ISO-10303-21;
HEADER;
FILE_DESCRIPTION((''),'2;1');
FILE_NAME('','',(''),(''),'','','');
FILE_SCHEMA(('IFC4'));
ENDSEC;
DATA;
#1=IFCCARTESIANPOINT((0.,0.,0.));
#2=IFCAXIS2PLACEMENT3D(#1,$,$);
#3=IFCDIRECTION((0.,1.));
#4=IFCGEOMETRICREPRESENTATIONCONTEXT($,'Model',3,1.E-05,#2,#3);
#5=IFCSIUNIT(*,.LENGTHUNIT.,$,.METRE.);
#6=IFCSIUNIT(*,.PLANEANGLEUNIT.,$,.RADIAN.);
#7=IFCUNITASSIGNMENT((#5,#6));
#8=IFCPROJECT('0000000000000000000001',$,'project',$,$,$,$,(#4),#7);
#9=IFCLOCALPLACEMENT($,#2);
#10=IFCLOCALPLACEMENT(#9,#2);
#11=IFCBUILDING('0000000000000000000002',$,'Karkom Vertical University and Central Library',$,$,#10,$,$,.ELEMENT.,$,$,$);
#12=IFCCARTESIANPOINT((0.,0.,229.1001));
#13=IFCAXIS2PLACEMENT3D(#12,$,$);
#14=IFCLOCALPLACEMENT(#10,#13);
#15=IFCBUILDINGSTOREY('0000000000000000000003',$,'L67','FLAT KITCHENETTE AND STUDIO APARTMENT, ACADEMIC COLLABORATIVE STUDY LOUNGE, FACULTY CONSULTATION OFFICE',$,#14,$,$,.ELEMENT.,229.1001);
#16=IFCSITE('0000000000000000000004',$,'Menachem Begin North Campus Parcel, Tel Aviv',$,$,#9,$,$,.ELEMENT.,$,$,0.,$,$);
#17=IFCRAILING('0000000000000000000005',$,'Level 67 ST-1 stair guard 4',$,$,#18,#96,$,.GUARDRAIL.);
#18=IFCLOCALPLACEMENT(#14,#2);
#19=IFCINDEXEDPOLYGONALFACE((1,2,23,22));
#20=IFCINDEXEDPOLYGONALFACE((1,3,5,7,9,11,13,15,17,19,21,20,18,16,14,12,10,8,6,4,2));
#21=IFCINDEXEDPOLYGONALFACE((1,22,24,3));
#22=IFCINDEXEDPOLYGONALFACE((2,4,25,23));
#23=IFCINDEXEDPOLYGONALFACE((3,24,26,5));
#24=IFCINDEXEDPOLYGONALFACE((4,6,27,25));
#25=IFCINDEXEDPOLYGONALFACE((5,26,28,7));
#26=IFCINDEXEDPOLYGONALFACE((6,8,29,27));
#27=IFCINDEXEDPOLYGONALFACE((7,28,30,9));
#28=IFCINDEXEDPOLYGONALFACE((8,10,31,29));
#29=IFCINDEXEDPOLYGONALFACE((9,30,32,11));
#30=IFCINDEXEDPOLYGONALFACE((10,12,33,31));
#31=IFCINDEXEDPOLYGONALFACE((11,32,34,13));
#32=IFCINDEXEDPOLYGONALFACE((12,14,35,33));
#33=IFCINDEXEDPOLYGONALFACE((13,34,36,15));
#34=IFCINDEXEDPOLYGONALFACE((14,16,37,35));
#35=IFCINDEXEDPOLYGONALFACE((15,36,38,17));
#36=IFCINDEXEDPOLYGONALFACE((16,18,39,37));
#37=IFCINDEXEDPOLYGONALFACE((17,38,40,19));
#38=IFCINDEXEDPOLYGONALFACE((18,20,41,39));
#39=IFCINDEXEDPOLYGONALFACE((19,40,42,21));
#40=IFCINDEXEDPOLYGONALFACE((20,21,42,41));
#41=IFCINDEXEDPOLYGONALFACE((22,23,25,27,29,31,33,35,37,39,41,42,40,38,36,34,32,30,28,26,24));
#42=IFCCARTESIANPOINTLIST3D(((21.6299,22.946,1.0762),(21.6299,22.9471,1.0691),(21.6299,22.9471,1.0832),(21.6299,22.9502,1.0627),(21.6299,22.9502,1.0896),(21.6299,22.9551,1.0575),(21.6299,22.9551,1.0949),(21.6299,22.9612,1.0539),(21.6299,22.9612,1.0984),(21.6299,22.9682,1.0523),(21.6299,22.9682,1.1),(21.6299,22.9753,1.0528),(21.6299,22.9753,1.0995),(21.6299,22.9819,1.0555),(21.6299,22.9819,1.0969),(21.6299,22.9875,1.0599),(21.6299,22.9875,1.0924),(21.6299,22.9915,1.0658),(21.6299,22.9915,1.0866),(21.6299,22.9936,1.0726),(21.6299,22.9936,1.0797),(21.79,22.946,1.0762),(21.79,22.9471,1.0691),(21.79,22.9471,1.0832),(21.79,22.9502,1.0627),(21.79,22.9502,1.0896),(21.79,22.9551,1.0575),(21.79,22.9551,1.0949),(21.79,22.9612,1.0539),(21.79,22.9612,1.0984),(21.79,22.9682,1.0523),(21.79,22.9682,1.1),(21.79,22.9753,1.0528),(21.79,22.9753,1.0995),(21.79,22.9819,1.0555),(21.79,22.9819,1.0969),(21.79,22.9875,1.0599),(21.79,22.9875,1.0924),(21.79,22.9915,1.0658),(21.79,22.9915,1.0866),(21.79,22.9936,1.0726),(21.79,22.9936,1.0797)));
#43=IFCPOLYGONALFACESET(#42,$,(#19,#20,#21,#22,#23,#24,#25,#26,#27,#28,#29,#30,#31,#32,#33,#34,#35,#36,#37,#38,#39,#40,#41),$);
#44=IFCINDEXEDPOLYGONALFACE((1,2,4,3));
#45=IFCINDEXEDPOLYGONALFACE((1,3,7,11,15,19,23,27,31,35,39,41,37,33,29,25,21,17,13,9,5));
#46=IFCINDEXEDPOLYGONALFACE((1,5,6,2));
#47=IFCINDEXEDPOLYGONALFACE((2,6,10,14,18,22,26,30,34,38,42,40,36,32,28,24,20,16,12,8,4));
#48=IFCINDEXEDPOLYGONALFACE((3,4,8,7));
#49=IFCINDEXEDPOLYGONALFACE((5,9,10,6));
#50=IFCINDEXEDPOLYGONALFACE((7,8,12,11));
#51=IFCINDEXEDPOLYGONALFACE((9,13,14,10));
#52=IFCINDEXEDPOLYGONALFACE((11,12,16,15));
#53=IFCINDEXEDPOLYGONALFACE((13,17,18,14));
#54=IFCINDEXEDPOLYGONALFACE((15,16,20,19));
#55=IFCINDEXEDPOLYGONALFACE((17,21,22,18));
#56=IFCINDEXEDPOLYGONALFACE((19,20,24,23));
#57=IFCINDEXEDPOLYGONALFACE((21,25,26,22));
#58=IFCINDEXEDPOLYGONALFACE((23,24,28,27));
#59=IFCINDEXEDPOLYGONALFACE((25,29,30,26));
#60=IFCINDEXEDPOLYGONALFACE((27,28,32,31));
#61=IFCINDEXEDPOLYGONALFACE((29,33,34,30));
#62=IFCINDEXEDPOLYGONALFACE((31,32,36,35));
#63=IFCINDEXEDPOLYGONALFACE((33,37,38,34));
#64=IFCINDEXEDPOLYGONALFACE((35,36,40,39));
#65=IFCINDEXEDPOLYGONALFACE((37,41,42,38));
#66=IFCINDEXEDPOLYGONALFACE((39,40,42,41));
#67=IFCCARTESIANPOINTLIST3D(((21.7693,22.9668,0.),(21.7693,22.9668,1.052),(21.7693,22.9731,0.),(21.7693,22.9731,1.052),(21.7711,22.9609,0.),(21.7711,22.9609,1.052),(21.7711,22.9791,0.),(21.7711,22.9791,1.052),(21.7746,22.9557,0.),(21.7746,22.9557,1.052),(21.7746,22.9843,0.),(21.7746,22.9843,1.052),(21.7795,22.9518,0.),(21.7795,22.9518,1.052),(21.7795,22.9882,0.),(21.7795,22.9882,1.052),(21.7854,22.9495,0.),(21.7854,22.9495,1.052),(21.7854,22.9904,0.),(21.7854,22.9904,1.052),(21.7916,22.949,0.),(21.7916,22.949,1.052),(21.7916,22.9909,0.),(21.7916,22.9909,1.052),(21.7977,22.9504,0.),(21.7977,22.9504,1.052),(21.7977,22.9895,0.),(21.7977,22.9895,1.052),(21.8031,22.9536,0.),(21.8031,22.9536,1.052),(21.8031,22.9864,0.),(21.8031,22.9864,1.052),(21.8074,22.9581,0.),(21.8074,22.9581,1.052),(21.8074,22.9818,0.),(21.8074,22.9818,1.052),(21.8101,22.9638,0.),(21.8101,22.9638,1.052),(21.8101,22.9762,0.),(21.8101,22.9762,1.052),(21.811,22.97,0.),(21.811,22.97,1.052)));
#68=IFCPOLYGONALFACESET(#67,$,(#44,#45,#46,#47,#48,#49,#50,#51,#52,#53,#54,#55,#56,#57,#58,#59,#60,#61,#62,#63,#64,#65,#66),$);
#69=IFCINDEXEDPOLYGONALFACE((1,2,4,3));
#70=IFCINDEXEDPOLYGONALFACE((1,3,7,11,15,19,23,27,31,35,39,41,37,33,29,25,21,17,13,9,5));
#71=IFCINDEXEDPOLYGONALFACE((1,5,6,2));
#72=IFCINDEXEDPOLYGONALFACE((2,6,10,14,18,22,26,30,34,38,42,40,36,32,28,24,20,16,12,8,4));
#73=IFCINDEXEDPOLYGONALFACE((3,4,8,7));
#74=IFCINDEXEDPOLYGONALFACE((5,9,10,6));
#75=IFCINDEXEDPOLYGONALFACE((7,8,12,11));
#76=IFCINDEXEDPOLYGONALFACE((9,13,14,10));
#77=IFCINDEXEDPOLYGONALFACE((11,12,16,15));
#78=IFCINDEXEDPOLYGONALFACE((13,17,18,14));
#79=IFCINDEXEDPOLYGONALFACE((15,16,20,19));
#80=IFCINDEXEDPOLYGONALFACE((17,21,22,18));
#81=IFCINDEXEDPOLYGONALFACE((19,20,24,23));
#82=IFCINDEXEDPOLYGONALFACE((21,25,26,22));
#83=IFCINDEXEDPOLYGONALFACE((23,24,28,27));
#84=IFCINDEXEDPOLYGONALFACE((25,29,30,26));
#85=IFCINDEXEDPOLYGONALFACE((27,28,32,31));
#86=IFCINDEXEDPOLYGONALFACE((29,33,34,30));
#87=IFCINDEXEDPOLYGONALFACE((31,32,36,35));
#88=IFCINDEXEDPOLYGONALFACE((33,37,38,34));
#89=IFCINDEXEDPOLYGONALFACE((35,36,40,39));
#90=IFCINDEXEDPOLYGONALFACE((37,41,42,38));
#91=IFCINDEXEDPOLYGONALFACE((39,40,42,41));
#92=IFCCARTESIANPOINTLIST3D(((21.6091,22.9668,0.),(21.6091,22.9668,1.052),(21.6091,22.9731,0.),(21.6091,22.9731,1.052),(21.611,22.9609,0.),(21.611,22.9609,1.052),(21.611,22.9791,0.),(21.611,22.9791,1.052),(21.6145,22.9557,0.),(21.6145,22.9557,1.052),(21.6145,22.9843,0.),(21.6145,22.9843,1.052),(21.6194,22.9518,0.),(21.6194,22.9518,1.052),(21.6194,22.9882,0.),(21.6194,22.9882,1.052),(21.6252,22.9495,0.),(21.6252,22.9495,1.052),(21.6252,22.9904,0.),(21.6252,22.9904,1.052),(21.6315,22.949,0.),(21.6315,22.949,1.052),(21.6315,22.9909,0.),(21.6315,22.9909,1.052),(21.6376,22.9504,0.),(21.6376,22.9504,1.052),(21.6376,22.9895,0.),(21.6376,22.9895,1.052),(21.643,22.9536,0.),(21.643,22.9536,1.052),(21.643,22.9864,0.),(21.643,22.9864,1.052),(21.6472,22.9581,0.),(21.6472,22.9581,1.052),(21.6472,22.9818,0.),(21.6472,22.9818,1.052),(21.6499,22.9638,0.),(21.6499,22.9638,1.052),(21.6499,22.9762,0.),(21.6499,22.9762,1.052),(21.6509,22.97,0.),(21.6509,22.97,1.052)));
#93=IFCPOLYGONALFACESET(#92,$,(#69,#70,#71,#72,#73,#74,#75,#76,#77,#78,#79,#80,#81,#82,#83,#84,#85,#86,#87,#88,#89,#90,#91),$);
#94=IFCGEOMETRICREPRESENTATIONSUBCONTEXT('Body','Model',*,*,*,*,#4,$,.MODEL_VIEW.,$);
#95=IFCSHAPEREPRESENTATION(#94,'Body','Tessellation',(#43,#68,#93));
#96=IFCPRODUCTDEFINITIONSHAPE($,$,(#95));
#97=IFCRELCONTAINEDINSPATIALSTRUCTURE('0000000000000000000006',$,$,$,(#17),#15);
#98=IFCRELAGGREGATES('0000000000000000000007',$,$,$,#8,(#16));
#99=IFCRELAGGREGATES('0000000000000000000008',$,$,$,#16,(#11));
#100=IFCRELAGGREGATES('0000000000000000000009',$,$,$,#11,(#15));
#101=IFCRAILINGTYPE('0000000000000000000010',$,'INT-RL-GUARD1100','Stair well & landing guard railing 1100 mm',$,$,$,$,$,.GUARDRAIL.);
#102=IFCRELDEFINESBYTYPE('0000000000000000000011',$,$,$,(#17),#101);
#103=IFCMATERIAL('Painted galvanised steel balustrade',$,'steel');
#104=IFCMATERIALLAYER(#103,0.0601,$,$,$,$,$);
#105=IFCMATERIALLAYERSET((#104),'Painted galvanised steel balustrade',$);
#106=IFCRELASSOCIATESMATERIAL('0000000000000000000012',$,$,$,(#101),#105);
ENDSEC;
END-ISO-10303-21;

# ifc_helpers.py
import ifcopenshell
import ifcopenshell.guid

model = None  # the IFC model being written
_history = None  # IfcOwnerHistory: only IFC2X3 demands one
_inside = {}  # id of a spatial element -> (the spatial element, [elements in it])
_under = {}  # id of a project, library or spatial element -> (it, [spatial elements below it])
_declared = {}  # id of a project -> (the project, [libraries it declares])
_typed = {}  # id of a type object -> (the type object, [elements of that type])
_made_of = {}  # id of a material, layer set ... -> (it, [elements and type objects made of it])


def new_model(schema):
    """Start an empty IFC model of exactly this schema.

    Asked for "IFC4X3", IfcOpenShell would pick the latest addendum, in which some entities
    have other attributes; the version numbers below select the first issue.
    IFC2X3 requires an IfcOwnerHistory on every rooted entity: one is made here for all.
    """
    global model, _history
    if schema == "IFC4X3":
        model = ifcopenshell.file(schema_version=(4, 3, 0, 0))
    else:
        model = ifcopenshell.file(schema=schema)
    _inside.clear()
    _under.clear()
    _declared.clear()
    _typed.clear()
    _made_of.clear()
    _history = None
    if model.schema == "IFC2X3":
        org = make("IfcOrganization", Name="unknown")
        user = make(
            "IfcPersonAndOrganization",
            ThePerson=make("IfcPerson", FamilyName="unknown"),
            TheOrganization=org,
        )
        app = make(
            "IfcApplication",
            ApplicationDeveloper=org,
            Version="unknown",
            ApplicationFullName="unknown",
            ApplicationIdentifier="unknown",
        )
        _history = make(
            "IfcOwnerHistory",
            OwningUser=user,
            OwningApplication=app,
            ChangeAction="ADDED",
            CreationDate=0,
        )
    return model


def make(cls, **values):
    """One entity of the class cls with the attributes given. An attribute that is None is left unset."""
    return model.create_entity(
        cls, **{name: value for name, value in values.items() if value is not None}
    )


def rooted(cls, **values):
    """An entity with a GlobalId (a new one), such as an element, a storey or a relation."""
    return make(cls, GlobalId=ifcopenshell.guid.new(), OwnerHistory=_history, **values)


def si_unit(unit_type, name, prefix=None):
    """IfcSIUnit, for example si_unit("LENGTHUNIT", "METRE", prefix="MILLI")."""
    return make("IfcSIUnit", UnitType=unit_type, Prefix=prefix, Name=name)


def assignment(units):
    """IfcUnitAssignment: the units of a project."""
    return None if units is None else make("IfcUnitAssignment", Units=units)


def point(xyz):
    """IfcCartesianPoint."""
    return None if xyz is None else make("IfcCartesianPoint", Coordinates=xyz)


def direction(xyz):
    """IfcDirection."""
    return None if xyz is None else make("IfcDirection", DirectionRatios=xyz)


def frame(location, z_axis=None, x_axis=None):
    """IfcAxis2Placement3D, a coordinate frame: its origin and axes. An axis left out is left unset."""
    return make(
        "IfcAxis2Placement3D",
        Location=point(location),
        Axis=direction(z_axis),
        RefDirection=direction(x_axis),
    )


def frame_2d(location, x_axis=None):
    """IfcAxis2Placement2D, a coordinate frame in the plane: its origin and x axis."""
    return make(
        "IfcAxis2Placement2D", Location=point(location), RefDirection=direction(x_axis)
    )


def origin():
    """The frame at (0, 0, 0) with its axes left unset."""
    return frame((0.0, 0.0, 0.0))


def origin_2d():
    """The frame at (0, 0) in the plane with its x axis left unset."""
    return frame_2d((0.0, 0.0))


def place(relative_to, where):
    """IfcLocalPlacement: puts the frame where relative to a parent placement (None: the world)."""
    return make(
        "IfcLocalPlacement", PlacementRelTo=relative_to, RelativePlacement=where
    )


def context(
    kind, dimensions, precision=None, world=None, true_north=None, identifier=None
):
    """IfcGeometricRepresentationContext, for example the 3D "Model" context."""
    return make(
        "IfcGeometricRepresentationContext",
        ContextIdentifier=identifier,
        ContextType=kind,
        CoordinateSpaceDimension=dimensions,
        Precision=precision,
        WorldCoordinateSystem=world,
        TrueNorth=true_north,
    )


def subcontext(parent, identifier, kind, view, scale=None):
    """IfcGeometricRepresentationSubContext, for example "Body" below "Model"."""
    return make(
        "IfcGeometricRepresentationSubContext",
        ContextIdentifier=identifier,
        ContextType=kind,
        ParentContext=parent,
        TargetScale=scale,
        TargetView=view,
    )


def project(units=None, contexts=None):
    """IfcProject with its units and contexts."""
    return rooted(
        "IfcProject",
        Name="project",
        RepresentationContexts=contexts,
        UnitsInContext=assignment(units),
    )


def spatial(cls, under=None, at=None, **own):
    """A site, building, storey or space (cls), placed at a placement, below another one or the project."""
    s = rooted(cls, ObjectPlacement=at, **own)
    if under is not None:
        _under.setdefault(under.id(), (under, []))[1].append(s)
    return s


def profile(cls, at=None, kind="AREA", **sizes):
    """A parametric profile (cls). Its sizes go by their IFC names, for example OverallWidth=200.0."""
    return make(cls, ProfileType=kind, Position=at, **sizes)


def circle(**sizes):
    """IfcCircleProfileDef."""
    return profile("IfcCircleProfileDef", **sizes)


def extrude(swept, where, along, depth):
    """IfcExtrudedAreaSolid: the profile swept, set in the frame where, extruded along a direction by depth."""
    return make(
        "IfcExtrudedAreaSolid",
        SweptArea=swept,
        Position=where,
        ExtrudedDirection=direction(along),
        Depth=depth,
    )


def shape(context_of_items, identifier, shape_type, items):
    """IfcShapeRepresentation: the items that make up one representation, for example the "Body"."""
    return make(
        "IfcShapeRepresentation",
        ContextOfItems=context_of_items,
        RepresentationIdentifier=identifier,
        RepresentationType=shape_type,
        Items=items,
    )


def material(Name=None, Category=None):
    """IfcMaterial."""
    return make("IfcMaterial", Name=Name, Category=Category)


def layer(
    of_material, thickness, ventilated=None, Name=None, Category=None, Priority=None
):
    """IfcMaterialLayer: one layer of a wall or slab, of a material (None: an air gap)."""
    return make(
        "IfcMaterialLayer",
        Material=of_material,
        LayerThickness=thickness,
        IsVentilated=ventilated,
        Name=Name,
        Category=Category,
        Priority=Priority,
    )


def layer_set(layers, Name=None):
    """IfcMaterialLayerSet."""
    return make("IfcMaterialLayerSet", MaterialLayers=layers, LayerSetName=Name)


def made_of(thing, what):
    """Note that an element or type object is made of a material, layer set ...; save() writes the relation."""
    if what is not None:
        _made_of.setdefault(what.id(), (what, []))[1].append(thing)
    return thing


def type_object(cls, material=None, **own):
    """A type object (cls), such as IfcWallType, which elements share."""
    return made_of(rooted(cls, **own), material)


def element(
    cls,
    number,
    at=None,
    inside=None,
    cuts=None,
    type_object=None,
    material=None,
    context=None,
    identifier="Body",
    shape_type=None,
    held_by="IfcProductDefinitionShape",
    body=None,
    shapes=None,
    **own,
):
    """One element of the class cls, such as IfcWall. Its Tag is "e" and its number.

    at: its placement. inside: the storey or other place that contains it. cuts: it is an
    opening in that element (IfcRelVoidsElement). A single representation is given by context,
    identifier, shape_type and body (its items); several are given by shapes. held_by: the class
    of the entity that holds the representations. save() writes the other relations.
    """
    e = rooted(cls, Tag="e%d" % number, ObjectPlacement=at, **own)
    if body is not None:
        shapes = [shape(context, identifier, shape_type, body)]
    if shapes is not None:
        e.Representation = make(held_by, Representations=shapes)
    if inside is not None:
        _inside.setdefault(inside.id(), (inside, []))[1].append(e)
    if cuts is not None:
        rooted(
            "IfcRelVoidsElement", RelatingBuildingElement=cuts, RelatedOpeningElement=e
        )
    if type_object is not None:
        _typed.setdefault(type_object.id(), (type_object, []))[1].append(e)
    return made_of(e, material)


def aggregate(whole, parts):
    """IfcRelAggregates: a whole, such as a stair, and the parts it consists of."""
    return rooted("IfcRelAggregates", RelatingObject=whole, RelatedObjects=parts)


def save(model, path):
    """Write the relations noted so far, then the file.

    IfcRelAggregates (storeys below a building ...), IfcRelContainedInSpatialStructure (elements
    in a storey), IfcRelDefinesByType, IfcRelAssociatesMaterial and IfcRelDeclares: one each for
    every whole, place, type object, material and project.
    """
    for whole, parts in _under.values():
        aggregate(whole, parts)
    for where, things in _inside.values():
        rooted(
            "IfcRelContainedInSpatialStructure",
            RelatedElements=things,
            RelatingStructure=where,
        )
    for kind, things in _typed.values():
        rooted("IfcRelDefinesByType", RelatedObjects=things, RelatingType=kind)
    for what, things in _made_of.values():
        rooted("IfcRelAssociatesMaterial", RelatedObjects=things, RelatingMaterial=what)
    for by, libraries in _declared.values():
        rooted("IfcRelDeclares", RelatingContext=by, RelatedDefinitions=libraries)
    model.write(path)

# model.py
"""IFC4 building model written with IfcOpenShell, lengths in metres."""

from ifc_helpers import new_model, si_unit, direction, frame, origin, origin_2d, place, context, subcontext, project, spatial, circle, extrude, material, layer, layer_set, type_object, element, save


model = new_model("IFC4")

# Units and contexts
model_context = context("Model", 3, precision=1e-05, world=origin(), true_north=direction((0.0, 1.0)))
body_context = subcontext(model_context, "Body", "Model", "MODEL_VIEW")
ifc_project = project(units=[si_unit("LENGTHUNIT", "METRE"), si_unit("PLANEANGLEUNIT", "RADIAN")], contexts=[model_context])

# Site, building, storey
site_placement = place(None, origin())
site = spatial("IfcSite", under=ifc_project, at=site_placement, Name="Menachem Begin North Campus Parcel, Tel Aviv", CompositionType="ELEMENT", RefElevation=0.0)
building_placement = place(site_placement, origin())
building = spatial("IfcBuilding", under=site, at=building_placement, Name="Karkom Vertical University and Central Library", CompositionType="ELEMENT")
storey_placement = place(building_placement, frame((0.0, 0.0, 229.1001)))
storey = spatial("IfcBuildingStorey", under=building, at=storey_placement, Name="L67", Description="FLAT KITCHENETTE AND STUDIO APARTMENT, ACADEMIC COLLABORATIVE STUDY LOUNGE, FACULTY CONSULTATION OFFICE", CompositionType="ELEMENT", Elevation=229.1001)

# Railing
ifc_material_1 = material(Name="Painted galvanised steel balustrade", Category="steel")
ifc_layer_1 = layer(ifc_material_1, 0.0601)
ifc_layer_set_1 = layer_set([ifc_layer_1], Name="Painted galvanised steel balustrade")
railing_type_1 = type_object("IfcRailingType", Name="INT-RL-GUARD1100", Description="Stair well & landing guard railing 1100 mm", PredefinedType="GUARDRAIL", material=ifc_layer_set_1)
railing_1_placement = place(storey_placement, frame((21.79, 22.97, 0.0)))
element("IfcRailing", 1, at=railing_1_placement, inside=storey, type_object=railing_type_1, Name="Level 67 ST-1 stair guard 4", PredefinedType="GUARDRAIL", context=body_context, shape_type="SweptSolid", body=[
    extrude(circle(Radius=0.0239, at=origin_2d()), frame((0.0, 0.0, 1.0762), z_axis=(-1.0, 0.0, 0.0), x_axis=(0.0, -1.0, 0.0)), (0.0, 0.0, 1.0), 0.1602),
    extrude(circle(Radius=0.021, at=origin_2d()), origin(), (0.0, 0.0, 1.0), 1.052),
    extrude(circle(Radius=0.021, at=origin_2d()), frame((-0.1602, 0.0, 0.0)), (0.0, 0.0, 1.0), 1.052),
])

save(model, "model.ifc")
